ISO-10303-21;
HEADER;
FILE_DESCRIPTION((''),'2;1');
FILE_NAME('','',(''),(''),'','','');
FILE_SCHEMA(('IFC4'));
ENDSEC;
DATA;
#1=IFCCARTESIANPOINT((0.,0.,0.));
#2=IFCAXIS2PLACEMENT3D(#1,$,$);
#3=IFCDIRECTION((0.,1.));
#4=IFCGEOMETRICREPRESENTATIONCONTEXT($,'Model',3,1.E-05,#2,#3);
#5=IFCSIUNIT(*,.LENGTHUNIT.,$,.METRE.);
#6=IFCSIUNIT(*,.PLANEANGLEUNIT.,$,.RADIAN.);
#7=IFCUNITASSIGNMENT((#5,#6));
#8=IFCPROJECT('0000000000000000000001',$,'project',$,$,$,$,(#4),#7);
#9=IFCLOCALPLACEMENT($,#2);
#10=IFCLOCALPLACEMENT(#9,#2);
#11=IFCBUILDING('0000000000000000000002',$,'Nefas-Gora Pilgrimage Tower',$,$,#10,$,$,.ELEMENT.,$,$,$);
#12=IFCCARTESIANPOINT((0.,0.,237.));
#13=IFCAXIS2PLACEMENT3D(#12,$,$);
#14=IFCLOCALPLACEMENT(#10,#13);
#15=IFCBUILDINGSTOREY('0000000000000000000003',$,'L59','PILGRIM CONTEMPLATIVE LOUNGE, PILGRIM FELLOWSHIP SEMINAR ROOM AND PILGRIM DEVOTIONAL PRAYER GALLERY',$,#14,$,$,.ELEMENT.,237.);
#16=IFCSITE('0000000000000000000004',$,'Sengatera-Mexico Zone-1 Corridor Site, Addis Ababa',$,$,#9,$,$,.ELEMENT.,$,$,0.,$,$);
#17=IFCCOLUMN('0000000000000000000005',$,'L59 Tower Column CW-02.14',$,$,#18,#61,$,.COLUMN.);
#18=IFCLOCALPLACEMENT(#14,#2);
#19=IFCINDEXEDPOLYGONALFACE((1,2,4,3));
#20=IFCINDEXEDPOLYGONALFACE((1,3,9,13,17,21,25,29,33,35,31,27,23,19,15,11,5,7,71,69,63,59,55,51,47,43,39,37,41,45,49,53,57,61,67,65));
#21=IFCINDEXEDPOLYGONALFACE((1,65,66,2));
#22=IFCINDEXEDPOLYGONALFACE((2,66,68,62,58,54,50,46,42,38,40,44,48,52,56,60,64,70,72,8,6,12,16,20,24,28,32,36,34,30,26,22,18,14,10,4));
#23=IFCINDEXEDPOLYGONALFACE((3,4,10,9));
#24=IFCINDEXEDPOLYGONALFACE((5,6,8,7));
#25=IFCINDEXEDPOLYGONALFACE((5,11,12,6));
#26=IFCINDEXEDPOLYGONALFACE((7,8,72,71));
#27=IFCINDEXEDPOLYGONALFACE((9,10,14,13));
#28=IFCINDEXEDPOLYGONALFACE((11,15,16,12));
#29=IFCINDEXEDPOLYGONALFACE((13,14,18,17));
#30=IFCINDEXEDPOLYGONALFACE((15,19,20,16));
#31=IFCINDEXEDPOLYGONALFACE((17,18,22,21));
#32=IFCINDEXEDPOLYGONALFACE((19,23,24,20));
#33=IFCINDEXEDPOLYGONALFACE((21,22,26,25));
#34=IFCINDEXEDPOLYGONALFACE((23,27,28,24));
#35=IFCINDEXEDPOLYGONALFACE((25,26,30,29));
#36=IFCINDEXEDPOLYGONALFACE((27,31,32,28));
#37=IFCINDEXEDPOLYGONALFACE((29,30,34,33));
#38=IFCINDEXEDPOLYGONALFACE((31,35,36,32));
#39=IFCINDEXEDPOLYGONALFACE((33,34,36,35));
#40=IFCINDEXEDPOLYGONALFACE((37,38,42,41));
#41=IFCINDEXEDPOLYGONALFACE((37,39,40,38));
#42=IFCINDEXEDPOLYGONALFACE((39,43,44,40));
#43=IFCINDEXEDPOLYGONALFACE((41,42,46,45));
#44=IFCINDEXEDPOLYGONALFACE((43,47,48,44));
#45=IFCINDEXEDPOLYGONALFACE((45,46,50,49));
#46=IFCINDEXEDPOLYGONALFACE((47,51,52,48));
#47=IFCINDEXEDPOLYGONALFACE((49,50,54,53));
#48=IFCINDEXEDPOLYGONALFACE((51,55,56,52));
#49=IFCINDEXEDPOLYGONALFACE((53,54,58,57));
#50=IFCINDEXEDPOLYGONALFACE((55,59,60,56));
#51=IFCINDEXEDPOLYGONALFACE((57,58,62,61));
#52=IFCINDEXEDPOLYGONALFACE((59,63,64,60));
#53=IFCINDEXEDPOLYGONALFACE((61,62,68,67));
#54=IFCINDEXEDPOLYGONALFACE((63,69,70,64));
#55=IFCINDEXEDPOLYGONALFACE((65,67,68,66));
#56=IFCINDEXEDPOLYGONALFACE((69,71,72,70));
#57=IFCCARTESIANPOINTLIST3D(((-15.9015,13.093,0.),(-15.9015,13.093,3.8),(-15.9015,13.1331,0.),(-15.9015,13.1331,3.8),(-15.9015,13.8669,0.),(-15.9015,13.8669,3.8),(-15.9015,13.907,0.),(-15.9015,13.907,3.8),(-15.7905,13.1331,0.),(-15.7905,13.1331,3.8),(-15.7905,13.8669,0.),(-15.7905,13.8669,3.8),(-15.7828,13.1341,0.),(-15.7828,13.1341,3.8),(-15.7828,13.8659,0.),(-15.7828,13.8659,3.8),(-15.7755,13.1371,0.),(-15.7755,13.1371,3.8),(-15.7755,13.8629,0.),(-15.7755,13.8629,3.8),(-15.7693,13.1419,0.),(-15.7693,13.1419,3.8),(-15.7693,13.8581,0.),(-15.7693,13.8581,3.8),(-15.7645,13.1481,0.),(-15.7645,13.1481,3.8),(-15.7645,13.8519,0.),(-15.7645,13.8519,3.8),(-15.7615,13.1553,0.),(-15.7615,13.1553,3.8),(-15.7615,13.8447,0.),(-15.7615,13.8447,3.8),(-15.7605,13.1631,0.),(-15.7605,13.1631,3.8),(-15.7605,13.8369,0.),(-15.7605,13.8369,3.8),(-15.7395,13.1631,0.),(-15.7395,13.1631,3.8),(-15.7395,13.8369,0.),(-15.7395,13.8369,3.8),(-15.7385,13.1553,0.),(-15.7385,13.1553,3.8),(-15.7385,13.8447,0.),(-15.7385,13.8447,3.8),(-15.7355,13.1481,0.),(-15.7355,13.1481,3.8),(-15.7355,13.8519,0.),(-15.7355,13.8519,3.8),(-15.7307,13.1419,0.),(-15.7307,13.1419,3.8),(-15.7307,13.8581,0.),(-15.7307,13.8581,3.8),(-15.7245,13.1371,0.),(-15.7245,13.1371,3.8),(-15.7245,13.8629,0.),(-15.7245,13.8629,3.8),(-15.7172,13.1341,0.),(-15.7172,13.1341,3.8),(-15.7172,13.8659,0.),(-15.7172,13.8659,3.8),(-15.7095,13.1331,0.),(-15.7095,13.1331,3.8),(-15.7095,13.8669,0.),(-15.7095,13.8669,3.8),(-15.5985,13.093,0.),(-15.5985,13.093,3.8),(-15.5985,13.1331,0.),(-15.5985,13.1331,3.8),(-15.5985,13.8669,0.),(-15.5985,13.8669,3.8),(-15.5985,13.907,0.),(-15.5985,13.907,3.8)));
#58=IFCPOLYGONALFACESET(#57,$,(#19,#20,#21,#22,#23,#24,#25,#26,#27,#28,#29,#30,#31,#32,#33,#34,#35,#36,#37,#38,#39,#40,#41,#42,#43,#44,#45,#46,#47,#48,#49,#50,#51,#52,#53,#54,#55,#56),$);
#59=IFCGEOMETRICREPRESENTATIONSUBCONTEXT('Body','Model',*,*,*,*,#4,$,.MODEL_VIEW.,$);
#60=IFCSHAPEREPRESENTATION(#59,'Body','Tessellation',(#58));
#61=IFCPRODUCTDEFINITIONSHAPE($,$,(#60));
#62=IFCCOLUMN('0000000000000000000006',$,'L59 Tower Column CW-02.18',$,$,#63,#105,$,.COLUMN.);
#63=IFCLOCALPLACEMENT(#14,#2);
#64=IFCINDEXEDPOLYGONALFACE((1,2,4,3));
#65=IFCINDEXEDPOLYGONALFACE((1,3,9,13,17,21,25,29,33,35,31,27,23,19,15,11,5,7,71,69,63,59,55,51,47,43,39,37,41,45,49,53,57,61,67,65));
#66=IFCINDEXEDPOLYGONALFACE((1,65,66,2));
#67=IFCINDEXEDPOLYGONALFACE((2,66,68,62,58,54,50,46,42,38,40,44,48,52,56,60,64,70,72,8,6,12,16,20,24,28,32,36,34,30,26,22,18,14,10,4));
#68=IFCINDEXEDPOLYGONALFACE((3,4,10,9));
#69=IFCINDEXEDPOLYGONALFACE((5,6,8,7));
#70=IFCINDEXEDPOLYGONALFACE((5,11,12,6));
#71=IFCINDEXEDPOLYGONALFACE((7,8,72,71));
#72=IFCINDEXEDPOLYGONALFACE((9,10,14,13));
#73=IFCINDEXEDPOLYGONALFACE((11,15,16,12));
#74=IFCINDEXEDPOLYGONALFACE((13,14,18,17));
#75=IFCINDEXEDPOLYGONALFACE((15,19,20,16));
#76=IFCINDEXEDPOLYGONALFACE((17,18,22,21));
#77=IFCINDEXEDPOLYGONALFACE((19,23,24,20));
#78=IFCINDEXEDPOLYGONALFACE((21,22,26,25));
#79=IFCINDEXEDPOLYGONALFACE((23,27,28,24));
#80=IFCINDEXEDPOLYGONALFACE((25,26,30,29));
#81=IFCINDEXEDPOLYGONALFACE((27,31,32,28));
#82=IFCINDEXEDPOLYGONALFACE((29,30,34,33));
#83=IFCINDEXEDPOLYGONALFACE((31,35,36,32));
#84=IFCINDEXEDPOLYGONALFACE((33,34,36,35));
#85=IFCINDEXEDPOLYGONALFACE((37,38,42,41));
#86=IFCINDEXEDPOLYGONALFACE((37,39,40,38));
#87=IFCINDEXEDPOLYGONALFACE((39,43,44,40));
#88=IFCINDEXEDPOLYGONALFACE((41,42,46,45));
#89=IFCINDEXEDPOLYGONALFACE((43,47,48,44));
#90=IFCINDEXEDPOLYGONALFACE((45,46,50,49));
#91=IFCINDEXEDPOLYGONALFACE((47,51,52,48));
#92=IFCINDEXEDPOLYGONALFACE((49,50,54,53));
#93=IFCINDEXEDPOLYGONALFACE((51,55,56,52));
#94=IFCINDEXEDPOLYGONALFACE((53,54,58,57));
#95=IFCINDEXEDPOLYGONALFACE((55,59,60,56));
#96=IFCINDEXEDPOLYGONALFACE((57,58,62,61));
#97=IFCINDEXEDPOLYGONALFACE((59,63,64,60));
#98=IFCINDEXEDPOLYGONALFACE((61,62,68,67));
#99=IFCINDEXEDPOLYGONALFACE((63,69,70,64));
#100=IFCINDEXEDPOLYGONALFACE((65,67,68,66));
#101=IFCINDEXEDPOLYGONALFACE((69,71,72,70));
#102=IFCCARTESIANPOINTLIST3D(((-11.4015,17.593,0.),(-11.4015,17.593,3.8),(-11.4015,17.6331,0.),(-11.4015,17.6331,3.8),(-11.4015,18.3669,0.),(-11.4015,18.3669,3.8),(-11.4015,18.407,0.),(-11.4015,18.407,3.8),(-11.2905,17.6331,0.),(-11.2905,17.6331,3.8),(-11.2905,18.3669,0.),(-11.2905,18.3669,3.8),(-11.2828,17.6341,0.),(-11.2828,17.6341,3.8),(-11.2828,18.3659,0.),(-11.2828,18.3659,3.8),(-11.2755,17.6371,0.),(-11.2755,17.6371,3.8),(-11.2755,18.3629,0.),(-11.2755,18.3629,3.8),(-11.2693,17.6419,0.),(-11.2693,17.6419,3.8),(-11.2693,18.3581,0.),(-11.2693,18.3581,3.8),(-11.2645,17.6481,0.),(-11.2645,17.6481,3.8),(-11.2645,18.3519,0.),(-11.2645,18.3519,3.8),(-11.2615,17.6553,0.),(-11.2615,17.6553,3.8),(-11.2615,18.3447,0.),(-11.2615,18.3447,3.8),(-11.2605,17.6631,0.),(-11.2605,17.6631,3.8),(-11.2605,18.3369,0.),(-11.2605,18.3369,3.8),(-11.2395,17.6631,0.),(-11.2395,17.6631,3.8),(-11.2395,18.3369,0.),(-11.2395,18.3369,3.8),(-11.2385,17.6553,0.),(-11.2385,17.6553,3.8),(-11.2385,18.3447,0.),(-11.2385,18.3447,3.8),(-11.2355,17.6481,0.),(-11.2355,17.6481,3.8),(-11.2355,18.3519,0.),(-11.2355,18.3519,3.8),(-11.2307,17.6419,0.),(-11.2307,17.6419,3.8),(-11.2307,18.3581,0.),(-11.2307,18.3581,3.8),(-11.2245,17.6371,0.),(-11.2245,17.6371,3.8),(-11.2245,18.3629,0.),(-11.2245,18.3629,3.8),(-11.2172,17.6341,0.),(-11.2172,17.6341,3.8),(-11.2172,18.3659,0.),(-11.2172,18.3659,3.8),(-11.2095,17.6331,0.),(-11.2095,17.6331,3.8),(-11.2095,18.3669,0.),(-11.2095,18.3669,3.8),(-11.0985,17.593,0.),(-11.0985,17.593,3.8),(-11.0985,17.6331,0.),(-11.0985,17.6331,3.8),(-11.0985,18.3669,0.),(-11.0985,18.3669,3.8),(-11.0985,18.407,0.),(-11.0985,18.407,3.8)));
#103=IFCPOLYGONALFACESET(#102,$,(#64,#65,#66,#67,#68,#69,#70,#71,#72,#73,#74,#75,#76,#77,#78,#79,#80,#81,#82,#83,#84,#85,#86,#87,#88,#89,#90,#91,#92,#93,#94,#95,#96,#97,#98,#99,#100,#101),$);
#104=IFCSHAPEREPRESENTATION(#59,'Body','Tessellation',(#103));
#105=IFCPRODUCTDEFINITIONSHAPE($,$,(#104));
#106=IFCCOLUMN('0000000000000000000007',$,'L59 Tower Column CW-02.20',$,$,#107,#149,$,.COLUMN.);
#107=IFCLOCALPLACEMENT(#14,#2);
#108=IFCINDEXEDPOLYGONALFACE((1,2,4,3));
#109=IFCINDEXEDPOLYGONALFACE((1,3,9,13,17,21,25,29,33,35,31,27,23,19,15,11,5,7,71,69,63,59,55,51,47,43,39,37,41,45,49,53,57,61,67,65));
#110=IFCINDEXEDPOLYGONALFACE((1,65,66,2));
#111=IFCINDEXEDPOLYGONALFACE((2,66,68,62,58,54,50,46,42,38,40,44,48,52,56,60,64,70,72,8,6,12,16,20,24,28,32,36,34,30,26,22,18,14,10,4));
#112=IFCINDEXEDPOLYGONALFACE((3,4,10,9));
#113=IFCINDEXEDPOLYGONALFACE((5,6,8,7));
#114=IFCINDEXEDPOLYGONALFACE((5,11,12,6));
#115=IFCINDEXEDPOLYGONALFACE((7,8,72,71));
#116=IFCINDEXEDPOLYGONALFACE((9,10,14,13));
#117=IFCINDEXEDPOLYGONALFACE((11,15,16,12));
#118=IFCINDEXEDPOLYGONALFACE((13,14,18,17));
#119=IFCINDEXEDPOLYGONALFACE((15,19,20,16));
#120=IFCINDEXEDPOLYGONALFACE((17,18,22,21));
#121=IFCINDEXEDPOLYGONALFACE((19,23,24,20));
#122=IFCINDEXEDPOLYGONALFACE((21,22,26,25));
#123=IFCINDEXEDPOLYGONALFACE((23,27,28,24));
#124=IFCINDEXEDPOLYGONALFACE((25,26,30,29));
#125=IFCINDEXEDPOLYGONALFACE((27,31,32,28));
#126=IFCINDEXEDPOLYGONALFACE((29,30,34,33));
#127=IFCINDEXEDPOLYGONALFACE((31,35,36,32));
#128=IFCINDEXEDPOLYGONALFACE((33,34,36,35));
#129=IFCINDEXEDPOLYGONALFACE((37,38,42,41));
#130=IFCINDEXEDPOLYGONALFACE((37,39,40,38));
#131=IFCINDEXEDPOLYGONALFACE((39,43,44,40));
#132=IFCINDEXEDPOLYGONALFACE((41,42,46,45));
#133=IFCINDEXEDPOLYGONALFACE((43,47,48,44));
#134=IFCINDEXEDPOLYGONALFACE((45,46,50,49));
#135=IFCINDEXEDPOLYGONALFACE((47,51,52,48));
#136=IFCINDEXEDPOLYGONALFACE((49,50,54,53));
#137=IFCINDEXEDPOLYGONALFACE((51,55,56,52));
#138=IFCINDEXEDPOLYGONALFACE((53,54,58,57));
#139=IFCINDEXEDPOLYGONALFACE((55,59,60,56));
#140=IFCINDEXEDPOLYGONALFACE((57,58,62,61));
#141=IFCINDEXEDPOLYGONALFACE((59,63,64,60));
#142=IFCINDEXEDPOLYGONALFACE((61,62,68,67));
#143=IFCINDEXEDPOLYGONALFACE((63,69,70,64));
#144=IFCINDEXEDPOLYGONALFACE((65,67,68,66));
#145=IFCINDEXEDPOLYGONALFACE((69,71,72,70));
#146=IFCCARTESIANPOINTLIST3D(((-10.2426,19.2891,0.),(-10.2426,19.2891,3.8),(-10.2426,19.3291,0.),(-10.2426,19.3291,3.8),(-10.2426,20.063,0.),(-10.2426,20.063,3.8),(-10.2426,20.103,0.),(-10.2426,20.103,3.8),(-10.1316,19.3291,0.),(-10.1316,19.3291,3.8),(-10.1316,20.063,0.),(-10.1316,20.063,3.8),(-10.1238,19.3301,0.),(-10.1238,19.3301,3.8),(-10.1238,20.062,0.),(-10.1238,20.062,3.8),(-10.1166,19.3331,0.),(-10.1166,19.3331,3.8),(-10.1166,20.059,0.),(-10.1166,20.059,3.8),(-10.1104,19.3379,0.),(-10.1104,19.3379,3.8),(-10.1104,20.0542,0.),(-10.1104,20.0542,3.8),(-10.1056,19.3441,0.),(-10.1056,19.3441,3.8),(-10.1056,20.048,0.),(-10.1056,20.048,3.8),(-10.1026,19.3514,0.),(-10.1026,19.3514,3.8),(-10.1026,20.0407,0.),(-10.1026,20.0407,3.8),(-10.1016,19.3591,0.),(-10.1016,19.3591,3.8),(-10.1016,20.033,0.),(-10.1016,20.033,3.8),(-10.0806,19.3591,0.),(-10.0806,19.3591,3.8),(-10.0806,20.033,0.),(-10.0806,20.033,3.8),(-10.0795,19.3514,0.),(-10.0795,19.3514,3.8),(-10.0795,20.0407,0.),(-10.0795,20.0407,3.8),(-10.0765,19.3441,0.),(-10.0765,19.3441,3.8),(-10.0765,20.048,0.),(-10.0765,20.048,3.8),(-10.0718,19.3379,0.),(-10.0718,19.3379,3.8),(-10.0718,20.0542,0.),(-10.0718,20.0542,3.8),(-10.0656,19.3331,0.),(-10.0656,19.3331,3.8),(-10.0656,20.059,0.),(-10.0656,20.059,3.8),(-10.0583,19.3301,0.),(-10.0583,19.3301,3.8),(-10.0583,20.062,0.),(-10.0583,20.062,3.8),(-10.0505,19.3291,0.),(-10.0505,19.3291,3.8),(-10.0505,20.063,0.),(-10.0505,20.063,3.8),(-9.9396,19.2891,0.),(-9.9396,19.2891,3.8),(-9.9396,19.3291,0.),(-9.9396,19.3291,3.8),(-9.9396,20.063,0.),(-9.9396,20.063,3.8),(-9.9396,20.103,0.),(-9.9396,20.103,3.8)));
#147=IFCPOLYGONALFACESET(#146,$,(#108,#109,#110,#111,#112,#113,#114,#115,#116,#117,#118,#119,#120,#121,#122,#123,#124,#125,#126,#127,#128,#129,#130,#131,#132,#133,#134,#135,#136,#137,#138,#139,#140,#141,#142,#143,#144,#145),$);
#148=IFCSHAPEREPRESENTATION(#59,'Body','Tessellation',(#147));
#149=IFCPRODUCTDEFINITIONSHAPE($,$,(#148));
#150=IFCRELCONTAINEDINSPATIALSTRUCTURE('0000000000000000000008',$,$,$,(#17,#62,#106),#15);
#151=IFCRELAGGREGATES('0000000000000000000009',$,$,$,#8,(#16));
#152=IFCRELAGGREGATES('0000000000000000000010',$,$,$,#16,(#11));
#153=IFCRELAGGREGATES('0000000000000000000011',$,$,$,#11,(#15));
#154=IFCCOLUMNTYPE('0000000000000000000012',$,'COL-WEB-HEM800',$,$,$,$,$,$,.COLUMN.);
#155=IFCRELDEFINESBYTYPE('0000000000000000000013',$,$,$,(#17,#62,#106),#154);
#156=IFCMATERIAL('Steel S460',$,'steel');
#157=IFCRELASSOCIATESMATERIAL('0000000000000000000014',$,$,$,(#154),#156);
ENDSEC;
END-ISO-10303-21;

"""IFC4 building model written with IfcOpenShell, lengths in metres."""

from ifc_helpers import new_model, si_unit, direction, frame, origin, origin_2d, place, context, subcontext, project, spatial, i_section, extrude, source, transform, mapped, material, material_profile, profile_set, type_object, element, save


model = new_model("IFC4")

# Units and contexts
model_context = context("Model", 3, precision=1e-05, world=origin(), true_north=direction((0.0, 1.0)))
body_context = subcontext(model_context, "Body", "Model", "MODEL_VIEW")
ifc_project = project(units=[si_unit("LENGTHUNIT", "METRE"), si_unit("PLANEANGLEUNIT", "RADIAN")], contexts=[model_context])

# Site, building, storey
site_placement = place(None, origin())
site = spatial("IfcSite", under=ifc_project, at=site_placement, Name="Sengatera-Mexico Zone-1 Corridor Site, Addis Ababa", CompositionType="ELEMENT", RefElevation=0.0)
building_placement = place(site_placement, origin())
building = spatial("IfcBuilding", under=site, at=building_placement, Name="Nefas-Gora Pilgrimage Tower", CompositionType="ELEMENT")
storey_placement = place(building_placement, frame((0.0, 0.0, 237.0)))
storey = spatial("IfcBuildingStorey", under=building, at=storey_placement, Name="L59", Description="PILGRIM CONTEMPLATIVE LOUNGE, PILGRIM FELLOWSHIP SEMINAR ROOM AND PILGRIM DEVOTIONAL PRAYER GALLERY", CompositionType="ELEMENT", Elevation=237.0)

# Columns
ifc_material_1 = material(Name="Steel S460", Category="steel")
ifc_material_profile_1 = material_profile(ifc_material_1, i_section(OverallWidth=0.303, OverallDepth=0.814, WebThickness=0.021, FlangeThickness=0.04, FilletRadius=0.03, at=origin_2d()), Name="HEM 800")
ifc_profile_set_1 = profile_set([ifc_material_profile_1], Name="Steel S460")
column_type_1 = type_object("IfcColumnType", Name="COL-WEB-HEM800", PredefinedType="COLUMN", material=ifc_profile_set_1)
shared_shape_1 = source(origin(), body_context, "Body", "SweptSolid", [
    extrude(i_section(OverallWidth=0.303, OverallDepth=0.814, WebThickness=0.021, FlangeThickness=0.04, FilletRadius=0.03, at=origin_2d()), origin(), (0.0, 0.0, 1.0), 3.8),
])
for number, where, z_axis, x_axis, name in (
    (1, (-15.75, 13.5, 0.0), (0.0, 0.0, 1.0), (1.0, 0.0, 0.0), "L59 Tower Column CW-02.14"),
    (2, (-11.25, 18.0, 0.0), (0.0, 0.0, 1.0), (1.0, 0.0, 0.0), "L59 Tower Column CW-02.18"),
    (3, (-10.0911, 19.696, 0.0), (0.0, 0.0, 1.0), (1.0, 0.0, 0.0), "L59 Tower Column CW-02.20"),
):
    element("IfcColumn", number, at=place(storey_placement, frame(where, z_axis=z_axis, x_axis=x_axis)), inside=storey, type_object=column_type_1, Name=name, PredefinedType="COLUMN", context=body_context, shape_type="MappedRepresentation", body=[
        mapped(shared_shape_1, transform((0.0, 0.0, 0.0), x_axis=(1.0, 0.0, 0.0), y_axis=(0.0, 1.0, 0.0), z_axis=(0.0, 0.0, 1.0), scale=1.0)),
    ])

save(model, "model.ifc")
